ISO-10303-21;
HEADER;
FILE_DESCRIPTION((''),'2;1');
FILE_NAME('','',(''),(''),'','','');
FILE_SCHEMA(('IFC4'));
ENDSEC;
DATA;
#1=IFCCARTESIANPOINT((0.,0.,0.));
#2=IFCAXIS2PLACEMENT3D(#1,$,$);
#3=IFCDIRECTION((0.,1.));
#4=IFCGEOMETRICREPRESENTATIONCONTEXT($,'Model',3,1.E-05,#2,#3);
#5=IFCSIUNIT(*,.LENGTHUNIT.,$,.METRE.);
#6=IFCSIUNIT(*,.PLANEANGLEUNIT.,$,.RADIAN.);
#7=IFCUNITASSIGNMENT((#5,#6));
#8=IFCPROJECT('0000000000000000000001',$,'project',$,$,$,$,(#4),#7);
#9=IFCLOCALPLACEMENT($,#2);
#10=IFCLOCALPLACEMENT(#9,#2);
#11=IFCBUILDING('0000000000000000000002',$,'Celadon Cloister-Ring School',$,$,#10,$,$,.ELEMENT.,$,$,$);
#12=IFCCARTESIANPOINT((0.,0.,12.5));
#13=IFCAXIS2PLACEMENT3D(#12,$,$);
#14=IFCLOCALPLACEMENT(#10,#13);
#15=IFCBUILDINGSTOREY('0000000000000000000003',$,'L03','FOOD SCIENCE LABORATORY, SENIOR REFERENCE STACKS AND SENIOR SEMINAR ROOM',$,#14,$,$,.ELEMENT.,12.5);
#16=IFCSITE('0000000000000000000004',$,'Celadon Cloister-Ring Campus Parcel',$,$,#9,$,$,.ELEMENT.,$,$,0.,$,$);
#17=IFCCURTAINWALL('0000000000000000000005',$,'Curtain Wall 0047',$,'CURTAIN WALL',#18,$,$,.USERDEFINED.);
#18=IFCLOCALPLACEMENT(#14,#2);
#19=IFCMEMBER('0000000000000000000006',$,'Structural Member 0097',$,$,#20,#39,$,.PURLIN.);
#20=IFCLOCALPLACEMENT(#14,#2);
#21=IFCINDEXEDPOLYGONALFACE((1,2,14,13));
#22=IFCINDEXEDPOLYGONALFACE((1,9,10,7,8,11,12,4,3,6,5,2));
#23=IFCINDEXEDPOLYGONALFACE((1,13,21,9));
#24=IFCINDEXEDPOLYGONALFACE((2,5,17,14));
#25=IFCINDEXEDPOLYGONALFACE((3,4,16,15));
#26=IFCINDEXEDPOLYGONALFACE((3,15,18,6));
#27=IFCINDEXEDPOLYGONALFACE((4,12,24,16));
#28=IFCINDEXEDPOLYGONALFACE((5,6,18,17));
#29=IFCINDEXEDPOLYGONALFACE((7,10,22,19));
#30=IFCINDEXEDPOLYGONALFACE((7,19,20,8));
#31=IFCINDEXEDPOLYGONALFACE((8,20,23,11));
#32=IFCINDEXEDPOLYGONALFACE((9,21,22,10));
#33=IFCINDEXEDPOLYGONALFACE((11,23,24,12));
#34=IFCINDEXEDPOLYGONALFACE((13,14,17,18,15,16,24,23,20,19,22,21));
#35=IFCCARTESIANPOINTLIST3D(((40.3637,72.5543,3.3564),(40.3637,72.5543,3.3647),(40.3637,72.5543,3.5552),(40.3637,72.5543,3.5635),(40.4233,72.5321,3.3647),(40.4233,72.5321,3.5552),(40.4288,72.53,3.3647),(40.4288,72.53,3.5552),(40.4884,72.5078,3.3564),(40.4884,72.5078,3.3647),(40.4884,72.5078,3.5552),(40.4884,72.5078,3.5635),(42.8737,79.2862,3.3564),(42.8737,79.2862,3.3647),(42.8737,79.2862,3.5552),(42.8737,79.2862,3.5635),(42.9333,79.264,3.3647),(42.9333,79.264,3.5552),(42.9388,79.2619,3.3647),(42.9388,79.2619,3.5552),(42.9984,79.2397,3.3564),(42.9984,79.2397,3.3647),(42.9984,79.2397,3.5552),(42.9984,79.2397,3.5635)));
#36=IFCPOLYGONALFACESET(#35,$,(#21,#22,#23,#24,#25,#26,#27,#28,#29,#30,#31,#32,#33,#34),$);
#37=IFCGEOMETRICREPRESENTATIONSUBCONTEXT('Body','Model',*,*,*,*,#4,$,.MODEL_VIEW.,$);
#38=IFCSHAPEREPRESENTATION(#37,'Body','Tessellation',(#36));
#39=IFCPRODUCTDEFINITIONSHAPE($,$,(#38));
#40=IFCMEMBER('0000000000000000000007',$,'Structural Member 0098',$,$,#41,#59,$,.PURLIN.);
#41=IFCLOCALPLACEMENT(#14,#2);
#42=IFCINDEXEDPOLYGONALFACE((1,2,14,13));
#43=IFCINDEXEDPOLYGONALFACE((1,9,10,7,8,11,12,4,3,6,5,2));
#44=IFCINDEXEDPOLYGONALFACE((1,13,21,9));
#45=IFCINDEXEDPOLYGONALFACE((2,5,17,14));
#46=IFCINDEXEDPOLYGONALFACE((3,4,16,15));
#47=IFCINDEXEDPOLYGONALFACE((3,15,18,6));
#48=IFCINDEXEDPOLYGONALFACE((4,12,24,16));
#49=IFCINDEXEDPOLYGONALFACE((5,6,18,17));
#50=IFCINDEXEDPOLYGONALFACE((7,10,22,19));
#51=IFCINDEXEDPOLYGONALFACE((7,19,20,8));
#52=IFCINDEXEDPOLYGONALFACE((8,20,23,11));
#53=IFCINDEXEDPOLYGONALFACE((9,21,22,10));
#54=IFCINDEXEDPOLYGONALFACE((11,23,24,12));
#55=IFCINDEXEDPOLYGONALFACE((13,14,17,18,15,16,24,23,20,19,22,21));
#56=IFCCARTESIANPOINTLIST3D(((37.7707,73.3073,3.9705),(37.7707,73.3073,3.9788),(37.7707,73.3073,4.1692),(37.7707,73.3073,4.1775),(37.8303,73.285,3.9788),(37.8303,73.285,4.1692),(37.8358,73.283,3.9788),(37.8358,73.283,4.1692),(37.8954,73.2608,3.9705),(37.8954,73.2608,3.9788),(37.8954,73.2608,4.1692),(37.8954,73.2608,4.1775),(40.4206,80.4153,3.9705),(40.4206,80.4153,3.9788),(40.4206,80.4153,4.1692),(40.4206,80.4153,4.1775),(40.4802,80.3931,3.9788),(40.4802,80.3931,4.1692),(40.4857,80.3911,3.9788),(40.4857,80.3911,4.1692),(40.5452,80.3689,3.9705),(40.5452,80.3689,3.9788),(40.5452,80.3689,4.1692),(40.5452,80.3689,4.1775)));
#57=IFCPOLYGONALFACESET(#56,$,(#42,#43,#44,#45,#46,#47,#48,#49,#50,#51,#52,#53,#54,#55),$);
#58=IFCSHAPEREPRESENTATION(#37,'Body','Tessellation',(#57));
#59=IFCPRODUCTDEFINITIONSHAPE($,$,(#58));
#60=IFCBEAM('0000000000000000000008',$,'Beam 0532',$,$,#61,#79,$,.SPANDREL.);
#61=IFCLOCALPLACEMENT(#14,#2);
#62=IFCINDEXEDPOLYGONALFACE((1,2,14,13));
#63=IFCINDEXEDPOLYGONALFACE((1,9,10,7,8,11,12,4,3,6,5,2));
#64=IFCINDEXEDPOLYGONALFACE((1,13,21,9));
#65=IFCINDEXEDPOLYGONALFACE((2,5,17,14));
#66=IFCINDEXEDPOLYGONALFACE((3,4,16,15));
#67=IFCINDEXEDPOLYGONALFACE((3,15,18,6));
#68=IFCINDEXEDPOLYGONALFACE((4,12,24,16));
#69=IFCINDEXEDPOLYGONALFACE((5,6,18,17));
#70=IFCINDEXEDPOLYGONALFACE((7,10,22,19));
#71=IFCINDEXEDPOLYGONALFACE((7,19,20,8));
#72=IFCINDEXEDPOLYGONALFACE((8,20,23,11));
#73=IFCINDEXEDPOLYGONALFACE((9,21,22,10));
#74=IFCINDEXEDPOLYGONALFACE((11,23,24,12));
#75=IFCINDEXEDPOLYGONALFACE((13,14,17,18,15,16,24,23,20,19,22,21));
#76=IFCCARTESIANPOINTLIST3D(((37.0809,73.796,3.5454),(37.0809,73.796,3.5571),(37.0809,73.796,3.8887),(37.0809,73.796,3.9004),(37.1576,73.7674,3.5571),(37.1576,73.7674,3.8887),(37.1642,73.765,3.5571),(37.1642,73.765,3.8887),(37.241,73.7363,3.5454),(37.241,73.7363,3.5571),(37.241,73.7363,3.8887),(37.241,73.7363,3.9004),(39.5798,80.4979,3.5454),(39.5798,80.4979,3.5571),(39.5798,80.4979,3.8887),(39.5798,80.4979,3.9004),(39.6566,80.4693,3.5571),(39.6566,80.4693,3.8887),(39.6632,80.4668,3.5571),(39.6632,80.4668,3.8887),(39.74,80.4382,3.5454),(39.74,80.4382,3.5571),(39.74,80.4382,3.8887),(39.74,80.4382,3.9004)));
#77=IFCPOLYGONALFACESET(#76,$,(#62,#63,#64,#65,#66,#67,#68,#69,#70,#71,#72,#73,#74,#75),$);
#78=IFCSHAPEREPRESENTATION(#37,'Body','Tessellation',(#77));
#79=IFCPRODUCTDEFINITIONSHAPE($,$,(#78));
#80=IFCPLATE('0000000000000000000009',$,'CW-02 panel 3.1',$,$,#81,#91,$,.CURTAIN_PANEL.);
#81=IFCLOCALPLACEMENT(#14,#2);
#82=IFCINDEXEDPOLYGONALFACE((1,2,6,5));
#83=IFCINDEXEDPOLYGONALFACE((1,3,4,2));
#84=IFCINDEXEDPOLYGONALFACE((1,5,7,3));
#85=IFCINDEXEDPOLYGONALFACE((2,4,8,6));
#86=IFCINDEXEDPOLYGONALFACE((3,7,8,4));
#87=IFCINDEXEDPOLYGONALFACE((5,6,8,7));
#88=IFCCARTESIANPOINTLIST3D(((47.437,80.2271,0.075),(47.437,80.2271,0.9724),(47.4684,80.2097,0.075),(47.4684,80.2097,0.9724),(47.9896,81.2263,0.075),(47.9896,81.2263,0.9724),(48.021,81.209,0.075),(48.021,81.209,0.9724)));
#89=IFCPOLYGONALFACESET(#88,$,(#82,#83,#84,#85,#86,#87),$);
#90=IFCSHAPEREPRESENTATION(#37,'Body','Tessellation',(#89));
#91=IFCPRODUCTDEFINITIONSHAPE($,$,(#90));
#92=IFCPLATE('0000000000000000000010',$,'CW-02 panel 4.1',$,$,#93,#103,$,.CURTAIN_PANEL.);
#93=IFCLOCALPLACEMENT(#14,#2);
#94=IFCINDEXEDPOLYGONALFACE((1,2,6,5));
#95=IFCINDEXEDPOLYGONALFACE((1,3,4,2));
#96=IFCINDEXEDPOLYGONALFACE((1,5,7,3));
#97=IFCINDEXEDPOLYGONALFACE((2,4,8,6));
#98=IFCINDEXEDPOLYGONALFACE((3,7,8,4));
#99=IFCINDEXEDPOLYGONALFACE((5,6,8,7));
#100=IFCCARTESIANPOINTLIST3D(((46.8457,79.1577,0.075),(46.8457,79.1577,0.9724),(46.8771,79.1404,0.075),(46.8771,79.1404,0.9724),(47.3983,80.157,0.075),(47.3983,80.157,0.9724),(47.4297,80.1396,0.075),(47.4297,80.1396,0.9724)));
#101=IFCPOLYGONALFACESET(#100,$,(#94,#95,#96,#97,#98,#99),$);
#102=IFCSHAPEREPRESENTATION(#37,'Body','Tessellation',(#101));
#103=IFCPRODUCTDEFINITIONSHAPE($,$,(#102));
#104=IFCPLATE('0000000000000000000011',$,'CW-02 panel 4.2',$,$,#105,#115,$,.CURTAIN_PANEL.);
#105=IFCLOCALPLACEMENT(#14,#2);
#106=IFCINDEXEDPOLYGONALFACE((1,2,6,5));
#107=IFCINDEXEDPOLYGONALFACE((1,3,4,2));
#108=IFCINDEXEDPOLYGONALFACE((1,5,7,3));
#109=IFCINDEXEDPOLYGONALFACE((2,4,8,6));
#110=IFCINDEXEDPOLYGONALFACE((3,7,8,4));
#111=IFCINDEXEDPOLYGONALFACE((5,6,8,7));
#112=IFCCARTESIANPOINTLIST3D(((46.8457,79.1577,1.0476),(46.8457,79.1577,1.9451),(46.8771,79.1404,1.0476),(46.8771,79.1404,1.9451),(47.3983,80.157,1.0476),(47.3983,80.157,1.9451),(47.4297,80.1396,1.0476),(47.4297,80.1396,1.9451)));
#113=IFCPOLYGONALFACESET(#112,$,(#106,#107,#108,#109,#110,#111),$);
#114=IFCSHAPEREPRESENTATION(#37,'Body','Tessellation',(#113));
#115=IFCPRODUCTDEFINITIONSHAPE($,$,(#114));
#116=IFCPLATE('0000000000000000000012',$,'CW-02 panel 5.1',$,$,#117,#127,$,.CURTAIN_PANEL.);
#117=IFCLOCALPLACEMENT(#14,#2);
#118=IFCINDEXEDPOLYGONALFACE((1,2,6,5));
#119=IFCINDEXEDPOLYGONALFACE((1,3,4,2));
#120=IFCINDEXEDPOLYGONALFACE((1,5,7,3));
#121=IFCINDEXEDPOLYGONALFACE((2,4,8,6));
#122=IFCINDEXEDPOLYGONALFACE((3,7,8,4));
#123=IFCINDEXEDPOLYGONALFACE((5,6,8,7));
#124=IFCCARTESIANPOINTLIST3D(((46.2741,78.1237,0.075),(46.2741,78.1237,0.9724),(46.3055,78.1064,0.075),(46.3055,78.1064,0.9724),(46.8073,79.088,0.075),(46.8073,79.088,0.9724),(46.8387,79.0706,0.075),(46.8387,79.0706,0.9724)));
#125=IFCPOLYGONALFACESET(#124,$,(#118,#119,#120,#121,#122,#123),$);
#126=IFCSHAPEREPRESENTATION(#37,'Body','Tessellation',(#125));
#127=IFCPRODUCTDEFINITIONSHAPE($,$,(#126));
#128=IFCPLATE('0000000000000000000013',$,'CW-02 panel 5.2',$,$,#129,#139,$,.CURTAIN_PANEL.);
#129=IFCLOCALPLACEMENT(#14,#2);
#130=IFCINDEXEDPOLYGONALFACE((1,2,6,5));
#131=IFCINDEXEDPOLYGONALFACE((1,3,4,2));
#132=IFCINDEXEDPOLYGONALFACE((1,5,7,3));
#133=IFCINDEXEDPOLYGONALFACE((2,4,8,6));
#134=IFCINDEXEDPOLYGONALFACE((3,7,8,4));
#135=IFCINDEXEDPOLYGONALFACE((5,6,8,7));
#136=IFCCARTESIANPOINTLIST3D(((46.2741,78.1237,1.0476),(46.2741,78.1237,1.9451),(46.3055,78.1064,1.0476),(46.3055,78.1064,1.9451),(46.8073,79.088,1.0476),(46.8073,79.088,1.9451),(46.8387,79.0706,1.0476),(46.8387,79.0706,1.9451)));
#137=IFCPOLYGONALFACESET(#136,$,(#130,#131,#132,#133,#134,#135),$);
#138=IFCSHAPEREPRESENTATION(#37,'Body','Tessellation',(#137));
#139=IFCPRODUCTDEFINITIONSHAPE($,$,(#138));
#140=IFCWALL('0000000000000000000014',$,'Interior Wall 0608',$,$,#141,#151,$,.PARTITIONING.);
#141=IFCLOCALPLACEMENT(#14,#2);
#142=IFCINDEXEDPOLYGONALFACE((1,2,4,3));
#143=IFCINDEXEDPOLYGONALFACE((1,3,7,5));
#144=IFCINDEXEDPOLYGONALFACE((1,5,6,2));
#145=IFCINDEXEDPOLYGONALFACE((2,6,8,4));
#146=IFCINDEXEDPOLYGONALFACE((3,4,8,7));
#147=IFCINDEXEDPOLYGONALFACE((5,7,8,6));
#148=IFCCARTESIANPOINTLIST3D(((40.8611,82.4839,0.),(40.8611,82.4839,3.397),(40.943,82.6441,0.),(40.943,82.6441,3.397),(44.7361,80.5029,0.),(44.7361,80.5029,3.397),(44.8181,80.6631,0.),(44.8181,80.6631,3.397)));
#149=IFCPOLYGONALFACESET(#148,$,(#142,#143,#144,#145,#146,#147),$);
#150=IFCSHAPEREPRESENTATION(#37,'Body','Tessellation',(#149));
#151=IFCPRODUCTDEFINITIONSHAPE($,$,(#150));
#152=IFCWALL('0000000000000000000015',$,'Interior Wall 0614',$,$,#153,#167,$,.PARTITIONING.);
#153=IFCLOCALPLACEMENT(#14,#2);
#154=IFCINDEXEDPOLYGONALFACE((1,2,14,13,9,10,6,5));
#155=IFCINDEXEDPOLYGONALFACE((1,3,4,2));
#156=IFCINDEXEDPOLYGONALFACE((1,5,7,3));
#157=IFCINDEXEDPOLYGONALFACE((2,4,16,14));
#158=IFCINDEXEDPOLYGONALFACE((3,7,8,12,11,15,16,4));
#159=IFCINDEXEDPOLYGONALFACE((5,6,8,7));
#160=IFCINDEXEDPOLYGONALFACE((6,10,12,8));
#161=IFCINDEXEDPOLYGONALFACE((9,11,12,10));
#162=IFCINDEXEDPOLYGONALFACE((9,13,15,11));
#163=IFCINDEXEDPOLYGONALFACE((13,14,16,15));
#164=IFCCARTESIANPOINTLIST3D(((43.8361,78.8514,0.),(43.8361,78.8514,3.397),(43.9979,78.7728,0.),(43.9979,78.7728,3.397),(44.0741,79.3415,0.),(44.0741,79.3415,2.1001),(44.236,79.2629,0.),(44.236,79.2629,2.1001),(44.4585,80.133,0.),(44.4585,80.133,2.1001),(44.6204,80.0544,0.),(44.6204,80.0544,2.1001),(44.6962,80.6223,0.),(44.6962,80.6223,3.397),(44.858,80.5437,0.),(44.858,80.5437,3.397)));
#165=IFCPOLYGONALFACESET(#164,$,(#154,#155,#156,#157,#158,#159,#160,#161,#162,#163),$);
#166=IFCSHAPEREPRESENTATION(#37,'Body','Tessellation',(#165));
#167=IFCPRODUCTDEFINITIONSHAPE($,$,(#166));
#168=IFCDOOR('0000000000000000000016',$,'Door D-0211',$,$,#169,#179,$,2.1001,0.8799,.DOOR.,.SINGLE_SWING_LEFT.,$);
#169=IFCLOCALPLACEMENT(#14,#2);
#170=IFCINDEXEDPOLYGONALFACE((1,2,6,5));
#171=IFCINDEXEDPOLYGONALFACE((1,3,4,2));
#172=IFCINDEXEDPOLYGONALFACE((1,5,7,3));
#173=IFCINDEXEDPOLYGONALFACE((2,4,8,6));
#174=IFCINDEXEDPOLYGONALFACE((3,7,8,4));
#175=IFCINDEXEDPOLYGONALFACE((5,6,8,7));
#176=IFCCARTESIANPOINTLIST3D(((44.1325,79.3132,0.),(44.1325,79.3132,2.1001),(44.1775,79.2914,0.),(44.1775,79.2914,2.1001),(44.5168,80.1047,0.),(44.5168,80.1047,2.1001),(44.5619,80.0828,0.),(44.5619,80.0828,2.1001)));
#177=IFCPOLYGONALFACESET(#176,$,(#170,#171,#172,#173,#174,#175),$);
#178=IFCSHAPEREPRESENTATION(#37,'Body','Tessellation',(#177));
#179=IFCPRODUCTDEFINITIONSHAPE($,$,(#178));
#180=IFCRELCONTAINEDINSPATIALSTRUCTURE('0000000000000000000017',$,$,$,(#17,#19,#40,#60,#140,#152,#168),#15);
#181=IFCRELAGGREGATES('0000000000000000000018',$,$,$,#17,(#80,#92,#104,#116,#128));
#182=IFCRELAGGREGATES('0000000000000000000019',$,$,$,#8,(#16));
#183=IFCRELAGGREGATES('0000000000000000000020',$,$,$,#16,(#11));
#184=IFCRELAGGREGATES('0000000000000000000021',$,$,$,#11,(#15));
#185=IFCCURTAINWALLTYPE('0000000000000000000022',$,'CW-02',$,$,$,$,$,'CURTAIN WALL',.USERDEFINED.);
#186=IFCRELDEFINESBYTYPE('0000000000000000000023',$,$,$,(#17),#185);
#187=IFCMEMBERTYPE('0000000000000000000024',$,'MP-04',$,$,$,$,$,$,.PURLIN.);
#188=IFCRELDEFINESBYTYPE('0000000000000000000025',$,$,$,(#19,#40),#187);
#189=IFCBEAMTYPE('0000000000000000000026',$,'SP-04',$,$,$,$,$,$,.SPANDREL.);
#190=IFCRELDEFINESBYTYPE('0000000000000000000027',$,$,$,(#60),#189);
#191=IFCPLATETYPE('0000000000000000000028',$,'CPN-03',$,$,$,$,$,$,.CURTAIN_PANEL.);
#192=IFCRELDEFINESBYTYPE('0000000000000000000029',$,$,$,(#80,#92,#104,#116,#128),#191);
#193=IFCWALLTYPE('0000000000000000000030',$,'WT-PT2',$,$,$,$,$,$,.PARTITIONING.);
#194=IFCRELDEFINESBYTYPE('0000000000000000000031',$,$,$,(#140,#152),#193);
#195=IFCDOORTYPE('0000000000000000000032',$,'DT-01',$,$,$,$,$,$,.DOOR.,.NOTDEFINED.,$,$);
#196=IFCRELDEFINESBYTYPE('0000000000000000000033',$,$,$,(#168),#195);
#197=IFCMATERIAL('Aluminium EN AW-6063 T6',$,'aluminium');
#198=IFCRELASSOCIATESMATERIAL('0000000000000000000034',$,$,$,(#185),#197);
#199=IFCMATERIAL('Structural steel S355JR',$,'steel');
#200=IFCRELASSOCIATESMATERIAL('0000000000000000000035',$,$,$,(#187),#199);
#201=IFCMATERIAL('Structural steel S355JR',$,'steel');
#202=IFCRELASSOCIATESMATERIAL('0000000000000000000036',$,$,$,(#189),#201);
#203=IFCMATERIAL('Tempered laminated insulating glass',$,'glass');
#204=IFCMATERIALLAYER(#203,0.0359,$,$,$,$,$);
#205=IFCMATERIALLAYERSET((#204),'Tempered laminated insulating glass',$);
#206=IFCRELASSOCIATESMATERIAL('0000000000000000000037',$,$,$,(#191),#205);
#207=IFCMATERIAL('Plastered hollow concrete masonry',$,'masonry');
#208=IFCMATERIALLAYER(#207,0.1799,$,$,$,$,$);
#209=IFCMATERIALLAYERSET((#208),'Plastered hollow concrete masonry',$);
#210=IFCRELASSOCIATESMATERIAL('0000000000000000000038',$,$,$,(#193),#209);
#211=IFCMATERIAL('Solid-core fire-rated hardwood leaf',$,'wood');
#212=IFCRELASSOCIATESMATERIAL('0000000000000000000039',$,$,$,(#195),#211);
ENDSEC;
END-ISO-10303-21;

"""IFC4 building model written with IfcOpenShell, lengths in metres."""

from ifc_helpers import new_model, si_unit, direction, frame, frame_2d, origin, origin_2d, place, context, subcontext, project, spatial, rectangle, i_section, extrude, material, layer, layer_set, material_profile, profile_set, type_object, element, fill, aggregate, save


model = new_model("IFC4")

# Units and contexts
model_context = context("Model", 3, precision=1e-05, world=origin(), true_north=direction((0.0, 1.0)))
body_context = subcontext(model_context, "Body", "Model", "MODEL_VIEW")
ifc_project = project(units=[si_unit("LENGTHUNIT", "METRE"), si_unit("PLANEANGLEUNIT", "RADIAN")], contexts=[model_context])

# Site, building, storey
site_placement = place(None, origin())
site = spatial("IfcSite", under=ifc_project, at=site_placement, Name="Celadon Cloister-Ring Campus Parcel", CompositionType="ELEMENT", RefElevation=0.0)
building_placement = place(site_placement, origin())
building = spatial("IfcBuilding", under=site, at=building_placement, Name="Celadon Cloister-Ring School", CompositionType="ELEMENT")
storey_placement = place(building_placement, frame((0.0, 0.0, 12.5)))
storey = spatial("IfcBuildingStorey", under=building, at=storey_placement, Name="L03", Description="FOOD SCIENCE LABORATORY, SENIOR REFERENCE STACKS AND SENIOR SEMINAR ROOM", CompositionType="ELEMENT", Elevation=12.5)

# Curtain wall
ifc_material_1 = material(Name="Aluminium EN AW-6063 T6", Category="aluminium")
curtain_wall_type = type_object("IfcCurtainWallType", Name="CW-02", ElementType="CURTAIN WALL", PredefinedType="USERDEFINED", material=ifc_material_1)
curtain_wall_placement = place(storey_placement, origin())
curtain_wall = element("IfcCurtainWall", 1, at=curtain_wall_placement, inside=storey, type_object=curtain_wall_type, Name="Curtain Wall 0047", ObjectType="CURTAIN WALL", PredefinedType="USERDEFINED")

# Members
ifc_material_2 = material(Name="Structural steel S355JR", Category="steel")
ifc_material_profile_1 = material_profile(ifc_material_2, i_section(OverallWidth=0.1331, OverallDepth=0.207, WebThickness=0.0059, FlangeThickness=0.0083, at=origin_2d()), Name="W200X27")
ifc_profile_set_1 = profile_set([ifc_material_profile_1], Name="Structural steel S355JR")
member_type_1 = type_object("IfcMemberType", Name="MP-04", PredefinedType="PURLIN", material=ifc_profile_set_1)
member_1_placement = place(storey_placement, frame((42.936, 79.2629, 3.46), z_axis=(-0.349358, -0.936989, 0.0), x_axis=(0.936989, -0.349358, 0.0)))
element("IfcMember", 2, at=member_1_placement, inside=storey, type_object=member_type_1, Name="Structural Member 0097", PredefinedType="PURLIN", context=body_context, shape_type="SweptSolid", body=[
    extrude(i_section(OverallWidth=0.1331, OverallDepth=0.207, WebThickness=0.0059, FlangeThickness=0.0083, at=origin_2d()), origin(), (0.0, 0.0, 1.0), 7.1846),
])
member_2_placement = place(storey_placement, frame((40.4829, 80.3921, 4.074), z_axis=(-0.349313, -0.937006, 0.0), x_axis=(0.937006, -0.349313, 0.0)))
element("IfcMember", 3, at=member_2_placement, inside=storey, type_object=member_type_1, Name="Structural Member 0098", PredefinedType="PURLIN", context=body_context, shape_type="SweptSolid", body=[
    extrude(i_section(OverallWidth=0.1331, OverallDepth=0.207, WebThickness=0.0059, FlangeThickness=0.0083, at=origin_2d()), origin(), (0.0, 0.0, 1.0), 7.5859),
])

# Beam
ifc_material_3 = material(Name="Structural steel S355JR", Category="steel")
ifc_material_profile_2 = material_profile(ifc_material_3, i_section(OverallWidth=0.1709, OverallDepth=0.355, WebThickness=0.0071, FlangeThickness=0.0117, at=origin_2d()), Name="W360X51")
ifc_profile_set_2 = profile_set([ifc_material_profile_2], Name="Structural steel S355JR")
beam_type = type_object("IfcBeamType", Name="SP-04", PredefinedType="SPANDREL", material=ifc_profile_set_2)
beam_placement = place(storey_placement, frame((39.6599, 80.468, 3.7229), z_axis=(-0.349383, -0.93698, 0.0), x_axis=(0.93698, -0.349383, 0.0)))
element("IfcBeam", 4, at=beam_placement, inside=storey, type_object=beam_type, Name="Beam 0532", PredefinedType="SPANDREL", context=body_context, shape_type="SweptSolid", body=[
    extrude(i_section(OverallWidth=0.1709, OverallDepth=0.355, WebThickness=0.0071, FlangeThickness=0.0117, at=origin_2d()), origin(), (0.0, 0.0, 1.0), 7.1526),
])

# Plates
ifc_material_4 = material(Name="Tempered laminated insulating glass", Category="glass")
ifc_layer_1 = layer(ifc_material_4, 0.0359)
ifc_layer_set_1 = layer_set([ifc_layer_1], Name="Tempered laminated insulating glass")
plate_type = type_object("IfcPlateType", Name="CPN-03", PredefinedType="CURTAIN_PANEL", material=ifc_layer_set_1)
plate_1_placement = place(storey_placement, frame((47.729, 80.718, 0.075), z_axis=(0.0, 0.0, 1.0), x_axis=(-0.483891, -0.875128, 0.0)))
plate_1 = element("IfcPlate", 5, at=plate_1_placement, type_object=plate_type, Name="CW-02 panel 3.1", PredefinedType="CURTAIN_PANEL", context=body_context, shape_type="SweptSolid", body=[
    extrude(rectangle(XDim=1.1418, YDim=0.0359, at=origin_2d()), origin(), (0.0, 0.0, 1.0), 0.8975),
])
plate_2_placement = place(storey_placement, frame((47.1377, 79.6487, 0.075), z_axis=(0.0, 0.0, 1.0), x_axis=(-0.483891, -0.875128, 0.0)))
plate_2 = element("IfcPlate", 6, at=plate_2_placement, type_object=plate_type, Name="CW-02 panel 4.1", PredefinedType="CURTAIN_PANEL", context=body_context, shape_type="SweptSolid", body=[
    extrude(rectangle(XDim=1.1418, YDim=0.0359, at=origin_2d()), origin(), (0.0, 0.0, 1.0), 0.8975),
])
plate_3_placement = place(storey_placement, frame((47.1377, 79.6487, 1.0476), z_axis=(0.0, 0.0, 1.0), x_axis=(-0.483891, -0.875128, 0.0)))
plate_3 = element("IfcPlate", 7, at=plate_3_placement, type_object=plate_type, Name="CW-02 panel 4.2", PredefinedType="CURTAIN_PANEL", context=body_context, shape_type="SweptSolid", body=[
    extrude(rectangle(XDim=1.1418, YDim=0.0359, at=origin_2d()), origin(), (0.0, 0.0, 1.0), 0.8975),
])
plate_4_placement = place(storey_placement, frame((46.5564, 78.5972, 0.075), z_axis=(0.0, 0.0, 1.0), x_axis=(-0.483891, -0.875128, 0.0)))
plate_4 = element("IfcPlate", 8, at=plate_4_placement, type_object=plate_type, Name="CW-02 panel 5.1", PredefinedType="CURTAIN_PANEL", context=body_context, shape_type="SweptSolid", body=[
    extrude(rectangle(XDim=1.1018, YDim=0.0359, at=origin_2d()), origin(), (0.0, 0.0, 1.0), 0.8975),
])
plate_5_placement = place(storey_placement, frame((46.5564, 78.5972, 1.0476), z_axis=(0.0, 0.0, 1.0), x_axis=(-0.483891, -0.875128, 0.0)))
plate_5 = element("IfcPlate", 9, at=plate_5_placement, type_object=plate_type, Name="CW-02 panel 5.2", PredefinedType="CURTAIN_PANEL", context=body_context, shape_type="SweptSolid", body=[
    extrude(rectangle(XDim=1.1018, YDim=0.0359, at=origin_2d()), origin(), (0.0, 0.0, 1.0), 0.8975),
])
aggregate(curtain_wall, [plate_1, plate_2, plate_3, plate_4, plate_5])

# Wall
ifc_material_5 = material(Name="Plastered hollow concrete masonry", Category="masonry")
ifc_layer_2 = layer(ifc_material_5, 0.1799)
ifc_layer_set_2 = layer_set([ifc_layer_2], Name="Plastered hollow concrete masonry")
wall_type_1 = type_object("IfcWallType", Name="WT-PT2", PredefinedType="PARTITIONING", material=ifc_layer_set_2)
wall_1_placement = place(storey_placement, frame((44.7771, 80.583, 0.0), z_axis=(0.0, 0.0, 1.0), x_axis=(-0.890397, 0.455184, 0.0)))
element("IfcWall", 10, at=wall_1_placement, inside=storey, type_object=wall_type_1, Name="Interior Wall 0608", PredefinedType="PARTITIONING", context=body_context, shape_type="SweptSolid", body=[
    extrude(rectangle(XDim=4.3521, YDim=0.1799, at=frame_2d((2.176, 0.0))), origin(), (0.0, 0.0, 1.0), 3.397),
])

# Wall, opening, door
wall_2_placement = place(storey_placement, frame((44.7771, 80.583, 0.0), z_axis=(0.0, 0.0, 1.0), x_axis=(-0.436867, -0.899526, 0.0)))
wall_2 = element("IfcWall", 11, at=wall_2_placement, inside=storey, type_object=wall_type_1, Name="Interior Wall 0614", PredefinedType="PARTITIONING", context=body_context, shape_type="SweptSolid", body=[
    extrude(rectangle(XDim=1.9688, YDim=0.1799, at=frame_2d((0.9844, 0.0))), origin(), (0.0, 0.0, 1.0), 3.397),
])
opening_1_placement = place(wall_2_placement, frame((0.5439, 0.0, 0.0)))
opening_1 = element("IfcOpeningElement", 12, at=opening_1_placement, cuts=wall_2, PredefinedType="OPENING", context=body_context, shape_type="SweptSolid", body=[
    extrude(rectangle(XDim=0.8799, YDim=2.1001, at=frame_2d((0.4399, 1.05))), frame((0.0, 0.1001, 0.0), z_axis=(0.0, -1.0, 0.0), x_axis=(1.0, 0.0, 0.0)), (0.0, 0.0, 1.0), 0.2),
])
ifc_material_6 = material(Name="Solid-core fire-rated hardwood leaf", Category="wood")
door_type_1 = type_object("IfcDoorType", Name="DT-01", OperationType="NOTDEFINED", PredefinedType="DOOR", material=ifc_material_6)
door_1_placement = place(opening_1_placement, origin())
door_1 = element("IfcDoor", 13, at=door_1_placement, inside=storey, type_object=door_type_1, Name="Door D-0211", OperationType="SINGLE_SWING_LEFT", OverallHeight=2.1001, OverallWidth=0.8799, PredefinedType="DOOR", context=body_context, shape_type="SweptSolid", body=[
    extrude(rectangle(XDim=0.8799, YDim=2.1001, at=frame_2d((0.4399, 1.05))), frame((0.0, 0.0249, 0.0), z_axis=(0.0, -1.0, 0.0), x_axis=(1.0, 0.0, 0.0)), (0.0, 0.0, 1.0), 0.05),
])
fill(opening_1, door_1)

save(model, "model.ifc")
